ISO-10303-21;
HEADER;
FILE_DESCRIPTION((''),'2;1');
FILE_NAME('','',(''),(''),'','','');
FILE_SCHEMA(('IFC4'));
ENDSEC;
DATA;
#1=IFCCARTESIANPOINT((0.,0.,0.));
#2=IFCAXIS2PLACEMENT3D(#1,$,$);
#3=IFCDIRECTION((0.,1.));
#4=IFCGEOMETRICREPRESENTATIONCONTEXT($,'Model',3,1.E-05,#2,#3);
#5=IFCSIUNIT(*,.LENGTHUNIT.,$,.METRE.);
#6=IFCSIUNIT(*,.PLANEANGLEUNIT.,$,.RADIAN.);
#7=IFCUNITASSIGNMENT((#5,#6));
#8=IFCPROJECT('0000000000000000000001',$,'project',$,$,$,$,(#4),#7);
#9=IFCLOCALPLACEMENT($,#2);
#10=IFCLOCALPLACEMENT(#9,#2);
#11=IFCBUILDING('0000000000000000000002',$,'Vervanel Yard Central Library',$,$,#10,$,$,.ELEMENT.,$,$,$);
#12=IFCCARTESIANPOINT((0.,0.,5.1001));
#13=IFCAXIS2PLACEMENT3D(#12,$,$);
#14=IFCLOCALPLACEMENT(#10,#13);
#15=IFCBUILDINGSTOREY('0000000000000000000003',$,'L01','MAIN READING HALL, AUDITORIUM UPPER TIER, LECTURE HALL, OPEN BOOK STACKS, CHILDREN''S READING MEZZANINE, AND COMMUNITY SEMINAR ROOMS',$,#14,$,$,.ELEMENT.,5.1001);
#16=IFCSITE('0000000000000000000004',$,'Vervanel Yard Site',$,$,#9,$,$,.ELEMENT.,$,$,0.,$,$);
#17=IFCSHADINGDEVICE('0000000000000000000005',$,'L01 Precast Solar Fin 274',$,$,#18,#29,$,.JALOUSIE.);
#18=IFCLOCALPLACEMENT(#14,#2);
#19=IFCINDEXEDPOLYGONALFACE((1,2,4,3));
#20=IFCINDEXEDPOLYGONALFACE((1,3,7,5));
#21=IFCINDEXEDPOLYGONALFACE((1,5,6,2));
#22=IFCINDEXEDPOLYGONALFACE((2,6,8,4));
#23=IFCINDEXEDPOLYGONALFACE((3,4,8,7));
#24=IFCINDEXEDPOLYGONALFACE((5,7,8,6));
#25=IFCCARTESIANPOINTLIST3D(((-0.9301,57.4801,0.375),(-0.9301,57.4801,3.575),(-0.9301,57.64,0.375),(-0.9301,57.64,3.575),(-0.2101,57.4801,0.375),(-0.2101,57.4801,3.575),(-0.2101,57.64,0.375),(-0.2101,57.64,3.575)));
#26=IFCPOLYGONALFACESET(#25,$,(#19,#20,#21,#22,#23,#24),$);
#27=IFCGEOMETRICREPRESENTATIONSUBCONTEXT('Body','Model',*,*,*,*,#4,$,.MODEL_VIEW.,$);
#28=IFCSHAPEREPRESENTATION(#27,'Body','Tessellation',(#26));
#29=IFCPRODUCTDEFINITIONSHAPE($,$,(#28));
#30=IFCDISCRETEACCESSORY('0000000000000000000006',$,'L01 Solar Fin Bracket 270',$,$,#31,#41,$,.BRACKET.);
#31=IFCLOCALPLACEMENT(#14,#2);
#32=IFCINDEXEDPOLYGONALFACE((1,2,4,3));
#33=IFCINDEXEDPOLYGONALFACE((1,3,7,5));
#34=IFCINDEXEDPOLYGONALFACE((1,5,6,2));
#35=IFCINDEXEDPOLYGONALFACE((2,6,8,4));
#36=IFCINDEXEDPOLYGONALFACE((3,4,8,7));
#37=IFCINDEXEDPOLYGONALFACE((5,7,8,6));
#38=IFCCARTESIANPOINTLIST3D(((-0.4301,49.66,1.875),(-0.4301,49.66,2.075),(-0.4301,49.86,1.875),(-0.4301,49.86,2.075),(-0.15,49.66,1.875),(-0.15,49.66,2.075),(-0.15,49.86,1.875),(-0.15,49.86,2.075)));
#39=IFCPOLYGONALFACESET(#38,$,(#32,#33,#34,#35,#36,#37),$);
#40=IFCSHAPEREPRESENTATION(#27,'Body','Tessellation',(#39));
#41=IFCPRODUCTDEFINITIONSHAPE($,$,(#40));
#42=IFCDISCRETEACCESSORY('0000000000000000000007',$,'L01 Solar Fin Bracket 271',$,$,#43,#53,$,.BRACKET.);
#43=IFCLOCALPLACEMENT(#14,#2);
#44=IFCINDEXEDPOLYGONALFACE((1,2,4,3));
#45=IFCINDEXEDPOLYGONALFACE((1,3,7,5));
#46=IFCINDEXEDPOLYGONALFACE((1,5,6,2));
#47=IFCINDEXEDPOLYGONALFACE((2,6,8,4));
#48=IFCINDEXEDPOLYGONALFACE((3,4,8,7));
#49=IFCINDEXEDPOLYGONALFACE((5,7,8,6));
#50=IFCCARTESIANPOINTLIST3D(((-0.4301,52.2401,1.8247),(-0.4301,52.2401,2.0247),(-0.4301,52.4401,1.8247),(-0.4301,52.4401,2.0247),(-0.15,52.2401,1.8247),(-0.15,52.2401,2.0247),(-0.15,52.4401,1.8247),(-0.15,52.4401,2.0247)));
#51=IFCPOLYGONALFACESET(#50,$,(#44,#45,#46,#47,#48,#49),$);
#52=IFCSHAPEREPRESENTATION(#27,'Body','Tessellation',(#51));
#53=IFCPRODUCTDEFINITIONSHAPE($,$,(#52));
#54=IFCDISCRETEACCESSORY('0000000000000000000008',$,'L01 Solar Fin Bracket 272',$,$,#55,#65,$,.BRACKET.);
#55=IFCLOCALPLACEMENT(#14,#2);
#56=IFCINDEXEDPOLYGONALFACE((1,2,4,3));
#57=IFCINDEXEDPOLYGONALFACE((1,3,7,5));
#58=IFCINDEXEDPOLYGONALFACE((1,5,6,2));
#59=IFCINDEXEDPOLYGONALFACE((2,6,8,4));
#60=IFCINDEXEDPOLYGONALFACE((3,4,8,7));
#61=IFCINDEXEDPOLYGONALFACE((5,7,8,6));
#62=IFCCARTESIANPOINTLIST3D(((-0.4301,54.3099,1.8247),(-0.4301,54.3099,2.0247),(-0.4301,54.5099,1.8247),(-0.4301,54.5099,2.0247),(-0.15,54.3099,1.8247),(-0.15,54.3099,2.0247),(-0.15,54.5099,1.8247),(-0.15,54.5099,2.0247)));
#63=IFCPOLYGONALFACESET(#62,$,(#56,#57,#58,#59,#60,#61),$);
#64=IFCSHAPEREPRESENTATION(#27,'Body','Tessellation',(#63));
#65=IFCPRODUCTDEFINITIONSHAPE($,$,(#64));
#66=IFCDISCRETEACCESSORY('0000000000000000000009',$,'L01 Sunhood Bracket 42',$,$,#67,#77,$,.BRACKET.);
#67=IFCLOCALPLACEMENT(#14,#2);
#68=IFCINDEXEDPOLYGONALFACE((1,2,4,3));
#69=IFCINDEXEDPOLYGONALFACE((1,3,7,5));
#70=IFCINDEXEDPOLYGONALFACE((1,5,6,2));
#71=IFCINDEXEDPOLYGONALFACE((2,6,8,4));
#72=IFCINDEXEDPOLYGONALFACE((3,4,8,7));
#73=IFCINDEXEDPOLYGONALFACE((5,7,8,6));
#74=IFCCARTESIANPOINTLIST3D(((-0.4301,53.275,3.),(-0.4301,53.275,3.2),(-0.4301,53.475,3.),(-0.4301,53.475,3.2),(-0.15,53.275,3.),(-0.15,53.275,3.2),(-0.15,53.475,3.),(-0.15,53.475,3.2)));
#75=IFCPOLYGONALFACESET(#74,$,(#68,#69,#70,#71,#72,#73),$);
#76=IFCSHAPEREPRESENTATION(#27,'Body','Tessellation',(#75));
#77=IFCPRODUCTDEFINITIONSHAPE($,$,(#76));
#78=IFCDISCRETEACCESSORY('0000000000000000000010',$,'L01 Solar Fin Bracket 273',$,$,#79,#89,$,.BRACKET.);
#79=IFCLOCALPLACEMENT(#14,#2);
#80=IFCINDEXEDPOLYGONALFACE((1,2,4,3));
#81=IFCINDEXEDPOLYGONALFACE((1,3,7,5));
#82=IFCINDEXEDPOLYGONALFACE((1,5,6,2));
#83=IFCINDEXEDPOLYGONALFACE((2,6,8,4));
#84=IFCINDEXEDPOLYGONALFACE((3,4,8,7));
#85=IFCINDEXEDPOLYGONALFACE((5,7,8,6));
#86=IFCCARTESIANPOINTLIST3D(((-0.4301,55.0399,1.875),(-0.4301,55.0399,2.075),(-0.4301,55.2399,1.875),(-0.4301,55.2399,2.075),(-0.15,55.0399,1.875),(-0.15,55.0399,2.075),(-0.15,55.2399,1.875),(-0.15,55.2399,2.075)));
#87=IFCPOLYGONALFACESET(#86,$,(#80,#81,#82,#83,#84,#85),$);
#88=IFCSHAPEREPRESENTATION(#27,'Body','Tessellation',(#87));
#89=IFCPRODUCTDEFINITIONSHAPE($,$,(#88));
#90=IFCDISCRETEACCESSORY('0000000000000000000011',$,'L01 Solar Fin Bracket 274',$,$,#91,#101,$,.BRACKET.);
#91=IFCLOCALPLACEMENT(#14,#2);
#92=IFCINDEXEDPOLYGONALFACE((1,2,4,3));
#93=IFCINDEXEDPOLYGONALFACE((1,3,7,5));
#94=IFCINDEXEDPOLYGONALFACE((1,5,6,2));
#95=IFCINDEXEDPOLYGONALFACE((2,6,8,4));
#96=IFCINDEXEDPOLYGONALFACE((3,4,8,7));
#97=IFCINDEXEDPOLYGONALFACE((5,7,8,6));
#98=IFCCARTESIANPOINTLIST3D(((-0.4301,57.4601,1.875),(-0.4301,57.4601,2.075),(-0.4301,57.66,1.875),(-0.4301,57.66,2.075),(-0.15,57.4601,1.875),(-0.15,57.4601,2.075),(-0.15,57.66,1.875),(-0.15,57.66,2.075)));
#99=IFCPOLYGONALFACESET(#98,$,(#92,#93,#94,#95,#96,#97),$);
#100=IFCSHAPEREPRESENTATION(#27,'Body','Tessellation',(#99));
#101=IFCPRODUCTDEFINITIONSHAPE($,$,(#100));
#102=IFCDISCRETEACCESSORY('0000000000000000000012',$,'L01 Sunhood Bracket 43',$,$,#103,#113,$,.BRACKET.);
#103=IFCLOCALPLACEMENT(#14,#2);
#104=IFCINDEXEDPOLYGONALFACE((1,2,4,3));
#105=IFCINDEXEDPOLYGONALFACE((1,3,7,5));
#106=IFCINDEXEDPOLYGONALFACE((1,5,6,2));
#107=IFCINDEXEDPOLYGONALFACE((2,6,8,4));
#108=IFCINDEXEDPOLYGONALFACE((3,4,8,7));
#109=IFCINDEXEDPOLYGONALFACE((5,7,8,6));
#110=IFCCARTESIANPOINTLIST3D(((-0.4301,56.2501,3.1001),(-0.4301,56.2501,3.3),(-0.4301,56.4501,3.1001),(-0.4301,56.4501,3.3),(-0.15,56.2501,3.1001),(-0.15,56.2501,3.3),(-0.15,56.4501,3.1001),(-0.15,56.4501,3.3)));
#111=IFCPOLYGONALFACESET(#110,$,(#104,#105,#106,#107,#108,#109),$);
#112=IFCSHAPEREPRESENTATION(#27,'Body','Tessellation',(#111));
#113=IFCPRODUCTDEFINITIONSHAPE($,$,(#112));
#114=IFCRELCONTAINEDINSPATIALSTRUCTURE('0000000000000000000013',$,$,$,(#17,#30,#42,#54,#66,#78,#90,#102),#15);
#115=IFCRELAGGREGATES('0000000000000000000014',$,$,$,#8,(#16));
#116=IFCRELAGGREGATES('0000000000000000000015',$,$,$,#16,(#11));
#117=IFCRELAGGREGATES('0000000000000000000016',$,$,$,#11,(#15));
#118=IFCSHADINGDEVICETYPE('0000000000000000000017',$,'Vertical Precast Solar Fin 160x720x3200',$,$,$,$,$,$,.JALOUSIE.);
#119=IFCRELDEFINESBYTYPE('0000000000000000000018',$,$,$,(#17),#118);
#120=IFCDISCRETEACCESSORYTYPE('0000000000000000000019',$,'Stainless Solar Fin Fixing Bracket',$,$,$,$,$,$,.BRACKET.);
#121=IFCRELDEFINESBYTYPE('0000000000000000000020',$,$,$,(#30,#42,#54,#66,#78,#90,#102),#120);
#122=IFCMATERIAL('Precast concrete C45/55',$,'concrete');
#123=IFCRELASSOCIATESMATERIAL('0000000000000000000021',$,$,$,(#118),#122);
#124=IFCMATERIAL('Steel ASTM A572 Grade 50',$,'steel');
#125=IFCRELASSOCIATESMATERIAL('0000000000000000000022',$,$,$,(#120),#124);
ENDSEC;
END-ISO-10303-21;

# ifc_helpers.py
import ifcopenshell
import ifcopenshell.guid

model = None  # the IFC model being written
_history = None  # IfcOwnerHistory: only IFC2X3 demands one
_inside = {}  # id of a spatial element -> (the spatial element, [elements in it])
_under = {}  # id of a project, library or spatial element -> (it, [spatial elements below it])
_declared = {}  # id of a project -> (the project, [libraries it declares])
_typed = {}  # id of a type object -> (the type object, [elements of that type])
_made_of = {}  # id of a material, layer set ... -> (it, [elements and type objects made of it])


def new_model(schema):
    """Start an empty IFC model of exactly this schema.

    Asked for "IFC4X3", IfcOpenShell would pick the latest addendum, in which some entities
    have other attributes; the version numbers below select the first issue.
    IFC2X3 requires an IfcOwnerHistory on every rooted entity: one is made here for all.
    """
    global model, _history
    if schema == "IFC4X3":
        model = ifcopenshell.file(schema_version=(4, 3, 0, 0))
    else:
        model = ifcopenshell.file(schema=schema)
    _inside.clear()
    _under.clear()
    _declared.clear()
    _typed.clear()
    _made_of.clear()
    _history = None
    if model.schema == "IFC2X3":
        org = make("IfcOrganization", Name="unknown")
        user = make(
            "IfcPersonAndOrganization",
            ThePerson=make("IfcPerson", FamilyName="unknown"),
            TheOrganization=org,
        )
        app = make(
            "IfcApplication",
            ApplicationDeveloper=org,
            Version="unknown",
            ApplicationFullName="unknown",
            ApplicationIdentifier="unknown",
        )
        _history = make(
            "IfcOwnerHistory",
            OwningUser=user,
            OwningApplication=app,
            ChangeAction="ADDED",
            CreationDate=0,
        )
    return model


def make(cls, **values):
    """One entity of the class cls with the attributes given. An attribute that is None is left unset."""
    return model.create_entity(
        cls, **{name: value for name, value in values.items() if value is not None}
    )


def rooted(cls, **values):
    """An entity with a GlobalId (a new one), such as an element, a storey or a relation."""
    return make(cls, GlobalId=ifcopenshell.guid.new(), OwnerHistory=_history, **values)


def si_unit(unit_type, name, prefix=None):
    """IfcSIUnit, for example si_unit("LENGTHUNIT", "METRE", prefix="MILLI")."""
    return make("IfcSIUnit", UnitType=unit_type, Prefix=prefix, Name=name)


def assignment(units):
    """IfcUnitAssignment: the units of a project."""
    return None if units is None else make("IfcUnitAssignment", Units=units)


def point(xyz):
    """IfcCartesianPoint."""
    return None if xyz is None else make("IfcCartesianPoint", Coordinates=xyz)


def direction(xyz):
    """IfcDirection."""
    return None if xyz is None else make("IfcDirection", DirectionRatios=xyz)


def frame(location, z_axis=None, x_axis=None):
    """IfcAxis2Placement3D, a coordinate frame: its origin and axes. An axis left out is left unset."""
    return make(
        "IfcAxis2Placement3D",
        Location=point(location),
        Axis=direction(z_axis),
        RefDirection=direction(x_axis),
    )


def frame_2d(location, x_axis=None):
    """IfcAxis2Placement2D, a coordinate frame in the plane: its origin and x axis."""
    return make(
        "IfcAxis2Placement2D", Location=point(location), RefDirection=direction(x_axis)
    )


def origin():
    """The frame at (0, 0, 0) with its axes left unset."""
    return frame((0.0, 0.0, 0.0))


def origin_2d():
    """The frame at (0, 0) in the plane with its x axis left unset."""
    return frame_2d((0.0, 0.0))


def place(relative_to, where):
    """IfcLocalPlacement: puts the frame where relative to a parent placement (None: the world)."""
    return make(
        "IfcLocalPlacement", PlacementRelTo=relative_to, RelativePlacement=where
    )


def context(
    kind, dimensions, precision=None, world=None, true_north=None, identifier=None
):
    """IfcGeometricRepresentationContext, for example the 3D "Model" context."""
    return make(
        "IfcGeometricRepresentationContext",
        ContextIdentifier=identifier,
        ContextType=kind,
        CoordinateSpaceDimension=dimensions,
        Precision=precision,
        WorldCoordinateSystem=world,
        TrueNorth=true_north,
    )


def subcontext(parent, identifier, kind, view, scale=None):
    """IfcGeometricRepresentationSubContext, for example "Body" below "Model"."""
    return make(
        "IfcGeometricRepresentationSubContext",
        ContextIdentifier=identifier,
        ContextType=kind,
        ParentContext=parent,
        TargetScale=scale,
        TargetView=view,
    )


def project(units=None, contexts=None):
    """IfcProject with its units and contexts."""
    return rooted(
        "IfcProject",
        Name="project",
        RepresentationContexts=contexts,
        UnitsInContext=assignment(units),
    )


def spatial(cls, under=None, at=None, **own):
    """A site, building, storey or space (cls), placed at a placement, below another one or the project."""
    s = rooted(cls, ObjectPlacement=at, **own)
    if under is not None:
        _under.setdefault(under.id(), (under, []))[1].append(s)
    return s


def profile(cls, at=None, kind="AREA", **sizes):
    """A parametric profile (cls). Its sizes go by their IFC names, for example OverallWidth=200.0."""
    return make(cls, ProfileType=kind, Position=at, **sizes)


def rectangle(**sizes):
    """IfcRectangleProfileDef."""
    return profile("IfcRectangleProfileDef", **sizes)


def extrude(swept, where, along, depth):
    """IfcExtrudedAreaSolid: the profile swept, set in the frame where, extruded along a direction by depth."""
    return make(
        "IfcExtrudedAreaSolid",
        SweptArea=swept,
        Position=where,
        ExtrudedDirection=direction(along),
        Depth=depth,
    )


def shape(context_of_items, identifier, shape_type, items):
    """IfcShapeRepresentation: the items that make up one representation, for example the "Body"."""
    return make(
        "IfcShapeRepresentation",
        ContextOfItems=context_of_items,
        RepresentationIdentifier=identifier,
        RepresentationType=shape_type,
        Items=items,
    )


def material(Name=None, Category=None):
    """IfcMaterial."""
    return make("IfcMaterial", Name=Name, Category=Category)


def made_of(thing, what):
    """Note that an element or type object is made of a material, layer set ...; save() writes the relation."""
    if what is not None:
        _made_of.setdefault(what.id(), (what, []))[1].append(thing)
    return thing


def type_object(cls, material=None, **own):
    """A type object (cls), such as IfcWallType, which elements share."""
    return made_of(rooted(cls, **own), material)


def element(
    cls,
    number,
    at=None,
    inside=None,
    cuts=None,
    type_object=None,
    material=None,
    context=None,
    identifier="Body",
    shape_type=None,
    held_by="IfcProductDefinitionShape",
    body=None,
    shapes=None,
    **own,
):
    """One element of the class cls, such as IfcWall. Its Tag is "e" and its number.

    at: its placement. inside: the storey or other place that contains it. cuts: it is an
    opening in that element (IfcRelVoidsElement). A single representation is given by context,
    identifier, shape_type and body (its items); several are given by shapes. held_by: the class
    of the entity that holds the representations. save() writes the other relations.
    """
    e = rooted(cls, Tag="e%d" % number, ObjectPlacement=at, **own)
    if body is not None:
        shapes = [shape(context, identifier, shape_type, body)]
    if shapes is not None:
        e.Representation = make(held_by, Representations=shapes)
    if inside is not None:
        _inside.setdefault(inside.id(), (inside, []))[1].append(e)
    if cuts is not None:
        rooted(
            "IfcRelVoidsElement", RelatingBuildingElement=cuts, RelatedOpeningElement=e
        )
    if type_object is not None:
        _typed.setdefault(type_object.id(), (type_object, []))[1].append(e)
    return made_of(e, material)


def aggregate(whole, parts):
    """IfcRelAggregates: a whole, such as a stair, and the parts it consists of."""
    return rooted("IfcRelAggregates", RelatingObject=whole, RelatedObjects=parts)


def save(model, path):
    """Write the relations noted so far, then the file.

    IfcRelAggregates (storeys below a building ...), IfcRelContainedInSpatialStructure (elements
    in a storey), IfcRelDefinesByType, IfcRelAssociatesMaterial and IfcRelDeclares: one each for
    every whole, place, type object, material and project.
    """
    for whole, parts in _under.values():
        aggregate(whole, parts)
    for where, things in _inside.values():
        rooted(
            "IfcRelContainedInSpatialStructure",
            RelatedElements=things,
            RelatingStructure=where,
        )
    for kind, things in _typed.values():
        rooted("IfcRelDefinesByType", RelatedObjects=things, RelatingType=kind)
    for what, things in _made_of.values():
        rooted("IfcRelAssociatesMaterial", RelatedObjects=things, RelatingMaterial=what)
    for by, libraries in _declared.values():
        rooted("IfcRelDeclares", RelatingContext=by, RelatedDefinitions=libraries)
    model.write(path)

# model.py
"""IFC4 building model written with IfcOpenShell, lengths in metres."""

from ifc_helpers import new_model, si_unit, direction, frame, origin, origin_2d, place, context, subcontext, project, spatial, rectangle, extrude, material, type_object, element, save


model = new_model("IFC4")

# Units and contexts
model_context = context("Model", 3, precision=1e-05, world=origin(), true_north=direction((0.0, 1.0)))
body_context = subcontext(model_context, "Body", "Model", "MODEL_VIEW")
ifc_project = project(units=[si_unit("LENGTHUNIT", "METRE"), si_unit("PLANEANGLEUNIT", "RADIAN")], contexts=[model_context])

# Site, building, storey
site_placement = place(None, origin())
site = spatial("IfcSite", under=ifc_project, at=site_placement, Name="Vervanel Yard Site", CompositionType="ELEMENT", RefElevation=0.0)
building_placement = place(site_placement, origin())
building = spatial("IfcBuilding", under=site, at=building_placement, Name="Vervanel Yard Central Library", CompositionType="ELEMENT")
storey_placement = place(building_placement, frame((0.0, 0.0, 5.1001)))
storey = spatial("IfcBuildingStorey", under=building, at=storey_placement, Name="L01", Description="MAIN READING HALL, AUDITORIUM UPPER TIER, LECTURE HALL, OPEN BOOK STACKS, CHILDREN'S READING MEZZANINE, AND COMMUNITY SEMINAR ROOMS", CompositionType="ELEMENT", Elevation=5.1001)

# Shared definitions
ifc_material_1 = material(Name="Precast concrete C45/55", Category="concrete")

# Shading device
shading_device_type_1 = type_object("IfcShadingDeviceType", Name="Vertical Precast Solar Fin 160x720x3200", PredefinedType="JALOUSIE", material=ifc_material_1)
for number, where, z_axis, x_axis, name in (
    (1, (-0.5701, 57.5601, 0.375), (0.0, 0.0, 1.0), (0.0, 1.0, 0.0), "L01 Precast Solar Fin 274"),
):
    element("IfcShadingDevice", number, at=place(storey_placement, frame(where, z_axis=z_axis, x_axis=x_axis)), inside=storey, type_object=shading_device_type_1, Name=name, PredefinedType="JALOUSIE", context=body_context, shape_type="SweptSolid", body=[
        extrude(rectangle(XDim=0.1599, YDim=0.72, at=origin_2d()), origin(), (0.0, 0.0, 1.0), 3.2),
    ])

# Discrete accessories
ifc_material_2 = material(Name="Steel ASTM A572 Grade 50", Category="steel")
discrete_accessory_type = type_object("IfcDiscreteAccessoryType", Name="Stainless Solar Fin Fixing Bracket", PredefinedType="BRACKET", material=ifc_material_2)
for number, where, z_axis, x_axis, name in (
    (2, (-0.29, 49.76, 1.875), (0.0, 0.0, 1.0), (0.0, 1.0, 0.0), "L01 Solar Fin Bracket 270"),
    (3, (-0.29, 52.3401, 1.8247), (0.0, 0.0, 1.0), (0.0, 1.0, 0.0), "L01 Solar Fin Bracket 271"),
    (4, (-0.29, 54.4099, 1.8247), (0.0, 0.0, 1.0), (0.0, 1.0, 0.0), "L01 Solar Fin Bracket 272"),
    (5, (-0.29, 53.375, 3.0), (0.0, 0.0, 1.0), (0.0, 1.0, 0.0), "L01 Sunhood Bracket 42"),
    (6, (-0.29, 55.1399, 1.875), (0.0, 0.0, 1.0), (0.0, 1.0, 0.0), "L01 Solar Fin Bracket 273"),
    (7, (-0.29, 57.5601, 1.875), (0.0, 0.0, 1.0), (0.0, 1.0, 0.0), "L01 Solar Fin Bracket 274"),
    (8, (-0.29, 56.3501, 3.1001), (0.0, 0.0, 1.0), (0.0, 1.0, 0.0), "L01 Sunhood Bracket 43"),
):
    element("IfcDiscreteAccessory", number, at=place(storey_placement, frame(where, z_axis=z_axis, x_axis=x_axis)), inside=storey, type_object=discrete_accessory_type, Name=name, PredefinedType="BRACKET", context=body_context, shape_type="SweptSolid", body=[
        extrude(rectangle(XDim=0.2, YDim=0.28, at=origin_2d()), origin(), (0.0, 0.0, 1.0), 0.2),
    ])

save(model, "model.ifc")
